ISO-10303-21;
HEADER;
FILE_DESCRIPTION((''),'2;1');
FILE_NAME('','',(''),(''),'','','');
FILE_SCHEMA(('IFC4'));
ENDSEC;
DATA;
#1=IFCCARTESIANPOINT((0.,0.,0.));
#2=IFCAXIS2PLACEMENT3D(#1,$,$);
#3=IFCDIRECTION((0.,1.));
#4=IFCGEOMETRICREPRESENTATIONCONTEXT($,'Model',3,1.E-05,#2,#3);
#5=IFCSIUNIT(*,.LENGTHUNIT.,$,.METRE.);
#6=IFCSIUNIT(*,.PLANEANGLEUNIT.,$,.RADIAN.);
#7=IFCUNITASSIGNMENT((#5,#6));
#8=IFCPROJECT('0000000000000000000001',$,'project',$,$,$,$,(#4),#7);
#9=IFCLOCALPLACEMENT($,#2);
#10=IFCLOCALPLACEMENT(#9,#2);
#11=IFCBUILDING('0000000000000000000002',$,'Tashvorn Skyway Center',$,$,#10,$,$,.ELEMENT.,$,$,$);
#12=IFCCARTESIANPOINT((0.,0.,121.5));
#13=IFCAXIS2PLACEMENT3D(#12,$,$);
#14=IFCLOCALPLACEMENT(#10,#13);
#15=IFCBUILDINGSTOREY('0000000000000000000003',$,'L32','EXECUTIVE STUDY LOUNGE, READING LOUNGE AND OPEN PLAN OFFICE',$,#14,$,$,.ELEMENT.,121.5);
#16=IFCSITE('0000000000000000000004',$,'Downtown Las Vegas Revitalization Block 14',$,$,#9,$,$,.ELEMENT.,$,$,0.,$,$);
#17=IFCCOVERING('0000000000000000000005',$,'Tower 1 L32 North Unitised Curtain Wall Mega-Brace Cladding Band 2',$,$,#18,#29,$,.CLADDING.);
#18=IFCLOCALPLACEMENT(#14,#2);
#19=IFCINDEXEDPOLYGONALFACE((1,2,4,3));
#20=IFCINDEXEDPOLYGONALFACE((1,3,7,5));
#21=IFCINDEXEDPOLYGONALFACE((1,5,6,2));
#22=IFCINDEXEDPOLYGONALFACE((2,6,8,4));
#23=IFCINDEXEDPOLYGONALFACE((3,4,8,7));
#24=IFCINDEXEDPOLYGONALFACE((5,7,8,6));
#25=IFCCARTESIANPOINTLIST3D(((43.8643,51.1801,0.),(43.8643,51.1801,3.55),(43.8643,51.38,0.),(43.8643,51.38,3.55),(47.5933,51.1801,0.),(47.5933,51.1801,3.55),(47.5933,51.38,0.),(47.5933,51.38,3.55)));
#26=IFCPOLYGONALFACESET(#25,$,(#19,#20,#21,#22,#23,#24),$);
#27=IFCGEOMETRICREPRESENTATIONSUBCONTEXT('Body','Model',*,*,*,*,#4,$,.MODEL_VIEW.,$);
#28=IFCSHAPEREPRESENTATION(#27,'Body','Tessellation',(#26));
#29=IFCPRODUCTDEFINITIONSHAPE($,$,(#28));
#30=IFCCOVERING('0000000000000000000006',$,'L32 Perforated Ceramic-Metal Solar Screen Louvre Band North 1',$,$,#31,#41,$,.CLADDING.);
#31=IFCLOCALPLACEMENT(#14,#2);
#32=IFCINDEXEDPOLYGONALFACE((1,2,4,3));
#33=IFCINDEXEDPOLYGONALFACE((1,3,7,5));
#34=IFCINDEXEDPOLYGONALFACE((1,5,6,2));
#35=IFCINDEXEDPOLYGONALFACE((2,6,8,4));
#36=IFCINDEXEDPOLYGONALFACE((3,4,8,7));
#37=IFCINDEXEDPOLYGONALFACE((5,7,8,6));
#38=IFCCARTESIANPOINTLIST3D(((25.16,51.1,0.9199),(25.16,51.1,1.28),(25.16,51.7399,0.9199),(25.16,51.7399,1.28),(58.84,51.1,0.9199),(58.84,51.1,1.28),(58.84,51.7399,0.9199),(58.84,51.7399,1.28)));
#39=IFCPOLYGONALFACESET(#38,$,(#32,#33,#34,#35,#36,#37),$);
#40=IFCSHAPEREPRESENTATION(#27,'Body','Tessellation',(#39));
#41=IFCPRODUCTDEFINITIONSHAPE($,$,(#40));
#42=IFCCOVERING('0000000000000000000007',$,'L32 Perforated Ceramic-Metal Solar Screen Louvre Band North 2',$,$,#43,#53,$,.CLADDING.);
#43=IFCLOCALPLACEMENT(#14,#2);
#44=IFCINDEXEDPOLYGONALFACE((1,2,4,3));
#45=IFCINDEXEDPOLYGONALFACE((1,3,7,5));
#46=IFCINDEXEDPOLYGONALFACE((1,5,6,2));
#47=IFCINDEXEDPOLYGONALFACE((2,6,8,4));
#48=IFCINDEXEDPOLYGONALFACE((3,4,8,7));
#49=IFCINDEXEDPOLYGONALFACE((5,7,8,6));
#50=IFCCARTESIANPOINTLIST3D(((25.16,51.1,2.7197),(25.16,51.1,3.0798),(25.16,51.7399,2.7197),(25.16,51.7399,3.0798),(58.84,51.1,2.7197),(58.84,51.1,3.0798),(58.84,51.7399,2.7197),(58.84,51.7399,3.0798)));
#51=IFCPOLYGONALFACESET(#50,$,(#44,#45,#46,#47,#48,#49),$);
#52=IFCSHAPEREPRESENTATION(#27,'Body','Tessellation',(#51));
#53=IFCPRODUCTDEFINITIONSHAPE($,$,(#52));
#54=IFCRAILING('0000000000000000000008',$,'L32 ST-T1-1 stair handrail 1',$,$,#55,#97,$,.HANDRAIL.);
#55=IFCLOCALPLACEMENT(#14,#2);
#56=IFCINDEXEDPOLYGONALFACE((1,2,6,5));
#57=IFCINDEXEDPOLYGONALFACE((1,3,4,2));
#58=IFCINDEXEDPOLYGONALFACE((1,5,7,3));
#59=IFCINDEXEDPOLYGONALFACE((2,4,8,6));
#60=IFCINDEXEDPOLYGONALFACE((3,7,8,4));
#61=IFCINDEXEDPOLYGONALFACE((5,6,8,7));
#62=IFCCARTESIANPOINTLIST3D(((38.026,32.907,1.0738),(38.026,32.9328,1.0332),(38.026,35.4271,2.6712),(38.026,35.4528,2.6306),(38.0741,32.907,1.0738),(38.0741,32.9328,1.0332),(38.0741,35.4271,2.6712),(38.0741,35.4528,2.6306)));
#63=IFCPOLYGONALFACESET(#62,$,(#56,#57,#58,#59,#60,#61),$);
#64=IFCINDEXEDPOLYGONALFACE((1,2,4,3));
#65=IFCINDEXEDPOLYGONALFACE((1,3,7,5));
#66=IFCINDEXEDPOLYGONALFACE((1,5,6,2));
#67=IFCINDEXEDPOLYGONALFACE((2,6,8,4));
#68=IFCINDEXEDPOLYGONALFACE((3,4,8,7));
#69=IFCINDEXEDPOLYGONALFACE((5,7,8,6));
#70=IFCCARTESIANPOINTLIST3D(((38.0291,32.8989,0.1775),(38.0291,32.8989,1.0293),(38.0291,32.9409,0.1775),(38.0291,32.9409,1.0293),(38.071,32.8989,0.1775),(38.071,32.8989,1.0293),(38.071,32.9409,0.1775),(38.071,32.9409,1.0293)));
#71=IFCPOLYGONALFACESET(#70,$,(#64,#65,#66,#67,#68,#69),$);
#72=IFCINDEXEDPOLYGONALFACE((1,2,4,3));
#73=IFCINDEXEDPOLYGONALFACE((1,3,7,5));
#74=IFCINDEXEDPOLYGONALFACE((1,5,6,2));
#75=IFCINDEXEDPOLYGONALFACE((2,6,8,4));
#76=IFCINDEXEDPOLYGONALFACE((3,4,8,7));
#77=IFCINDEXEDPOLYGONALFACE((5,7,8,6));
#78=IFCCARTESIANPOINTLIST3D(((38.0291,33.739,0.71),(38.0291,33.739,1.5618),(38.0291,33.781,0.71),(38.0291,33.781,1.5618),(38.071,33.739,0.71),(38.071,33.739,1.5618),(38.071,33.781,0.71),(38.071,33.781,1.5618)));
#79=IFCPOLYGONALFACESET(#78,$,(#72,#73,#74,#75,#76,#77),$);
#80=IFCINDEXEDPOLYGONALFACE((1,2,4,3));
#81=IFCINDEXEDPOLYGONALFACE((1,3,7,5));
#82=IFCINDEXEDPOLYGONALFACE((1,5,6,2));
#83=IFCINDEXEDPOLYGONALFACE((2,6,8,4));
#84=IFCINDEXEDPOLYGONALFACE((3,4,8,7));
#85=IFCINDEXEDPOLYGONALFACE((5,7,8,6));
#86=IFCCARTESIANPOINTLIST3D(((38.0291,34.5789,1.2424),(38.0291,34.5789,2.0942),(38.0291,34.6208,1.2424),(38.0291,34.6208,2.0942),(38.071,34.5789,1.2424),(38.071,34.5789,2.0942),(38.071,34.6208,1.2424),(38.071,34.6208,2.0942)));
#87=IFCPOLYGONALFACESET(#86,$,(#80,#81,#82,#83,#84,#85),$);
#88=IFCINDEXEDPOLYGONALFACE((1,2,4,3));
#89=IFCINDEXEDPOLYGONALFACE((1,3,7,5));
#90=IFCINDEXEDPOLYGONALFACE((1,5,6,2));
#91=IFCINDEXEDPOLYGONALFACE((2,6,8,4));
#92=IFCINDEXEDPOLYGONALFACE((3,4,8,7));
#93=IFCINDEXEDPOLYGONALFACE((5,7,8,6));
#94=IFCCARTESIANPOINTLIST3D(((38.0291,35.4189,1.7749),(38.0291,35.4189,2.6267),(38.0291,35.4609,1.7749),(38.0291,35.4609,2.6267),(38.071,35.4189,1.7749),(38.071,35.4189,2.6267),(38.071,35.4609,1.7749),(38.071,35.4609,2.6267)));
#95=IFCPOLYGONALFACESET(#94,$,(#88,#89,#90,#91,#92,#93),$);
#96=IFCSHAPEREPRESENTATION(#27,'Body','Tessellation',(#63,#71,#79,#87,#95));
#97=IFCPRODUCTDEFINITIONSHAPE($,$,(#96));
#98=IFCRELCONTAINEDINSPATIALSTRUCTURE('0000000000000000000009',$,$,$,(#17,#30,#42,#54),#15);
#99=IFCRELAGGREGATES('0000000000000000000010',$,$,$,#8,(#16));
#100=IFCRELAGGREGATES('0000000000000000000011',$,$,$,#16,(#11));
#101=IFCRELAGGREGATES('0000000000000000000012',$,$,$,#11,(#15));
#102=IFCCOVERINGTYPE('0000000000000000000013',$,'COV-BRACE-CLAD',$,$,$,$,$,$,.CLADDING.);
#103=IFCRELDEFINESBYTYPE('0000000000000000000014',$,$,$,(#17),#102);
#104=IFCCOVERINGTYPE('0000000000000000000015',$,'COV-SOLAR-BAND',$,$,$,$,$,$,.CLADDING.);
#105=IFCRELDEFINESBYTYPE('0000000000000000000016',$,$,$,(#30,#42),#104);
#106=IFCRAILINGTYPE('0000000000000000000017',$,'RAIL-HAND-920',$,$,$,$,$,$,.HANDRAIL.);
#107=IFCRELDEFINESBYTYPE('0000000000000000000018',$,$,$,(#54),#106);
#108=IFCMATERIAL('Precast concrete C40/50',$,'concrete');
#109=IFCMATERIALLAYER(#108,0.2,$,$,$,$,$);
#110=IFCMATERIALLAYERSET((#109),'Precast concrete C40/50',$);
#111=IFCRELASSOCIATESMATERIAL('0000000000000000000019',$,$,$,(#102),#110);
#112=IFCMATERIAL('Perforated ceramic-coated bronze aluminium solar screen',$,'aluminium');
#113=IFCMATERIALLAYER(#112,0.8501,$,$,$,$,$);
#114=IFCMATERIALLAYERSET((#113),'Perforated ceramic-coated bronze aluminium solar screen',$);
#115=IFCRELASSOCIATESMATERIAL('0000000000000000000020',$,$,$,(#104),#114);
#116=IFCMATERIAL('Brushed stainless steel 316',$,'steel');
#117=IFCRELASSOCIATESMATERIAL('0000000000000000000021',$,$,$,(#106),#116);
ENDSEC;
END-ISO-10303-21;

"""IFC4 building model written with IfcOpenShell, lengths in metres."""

from ifc_helpers import new_model, si_unit, direction, frame, origin, origin_2d, place, context, subcontext, project, spatial, rectangle, extrude, material, layer, layer_set, type_object, element, save


model = new_model("IFC4")

# Units and contexts
model_context = context("Model", 3, precision=1e-05, world=origin(), true_north=direction((0.0, 1.0)))
body_context = subcontext(model_context, "Body", "Model", "MODEL_VIEW")
ifc_project = project(units=[si_unit("LENGTHUNIT", "METRE"), si_unit("PLANEANGLEUNIT", "RADIAN")], contexts=[model_context])

# Site, building, storey
site_placement = place(None, origin())
site = spatial("IfcSite", under=ifc_project, at=site_placement, Name="Downtown Las Vegas Revitalization Block 14", CompositionType="ELEMENT", RefElevation=0.0)
building_placement = place(site_placement, origin())
building = spatial("IfcBuilding", under=site, at=building_placement, Name="Tashvorn Skyway Center", CompositionType="ELEMENT")
storey_placement = place(building_placement, frame((0.0, 0.0, 121.5)))
storey = spatial("IfcBuildingStorey", under=building, at=storey_placement, Name="L32", Description="EXECUTIVE STUDY LOUNGE, READING LOUNGE AND OPEN PLAN OFFICE", CompositionType="ELEMENT", Elevation=121.5)

# Coverings
ifc_material_1 = material(Name="Precast concrete C40/50", Category="concrete")
ifc_layer_1 = layer(ifc_material_1, 0.2)
ifc_layer_set_1 = layer_set([ifc_layer_1], Name="Precast concrete C40/50")
covering_type_1 = type_object("IfcCoveringType", Name="COV-BRACE-CLAD", PredefinedType="CLADDING", material=ifc_layer_set_1)
for number, where, z_axis, x_axis, name in (
    (1, (45.7288, 51.28, 0.0), (0.0, 0.0, 1.0), (1.0, 0.0, 0.0), "Tower 1 L32 North Unitised Curtain Wall Mega-Brace Cladding Band 2"),
):
    element("IfcCovering", number, at=place(storey_placement, frame(where, z_axis=z_axis, x_axis=x_axis)), inside=storey, type_object=covering_type_1, Name=name, PredefinedType="CLADDING", context=body_context, shape_type="SweptSolid", body=[
        extrude(rectangle(XDim=3.729, YDim=0.2, at=origin_2d()), origin(), (0.0, 0.0, 1.0), 3.55),
    ])
ifc_material_2 = material(Name="Perforated ceramic-coated bronze aluminium solar screen", Category="aluminium")
ifc_layer_2 = layer(ifc_material_2, 0.8501)
ifc_layer_set_2 = layer_set([ifc_layer_2], Name="Perforated ceramic-coated bronze aluminium solar screen")
covering_type_2 = type_object("IfcCoveringType", Name="COV-SOLAR-BAND", PredefinedType="CLADDING", material=ifc_layer_set_2)
for number, where, z_axis, x_axis, name in (
    (2, (42.0, 51.4199, 0.9199), (0.0, 0.0, 1.0), (1.0, 0.0, 0.0), "L32 Perforated Ceramic-Metal Solar Screen Louvre Band North 1"),
    (3, (42.0, 51.4199, 2.7197), (0.0, 0.0, 1.0), (1.0, 0.0, 0.0), "L32 Perforated Ceramic-Metal Solar Screen Louvre Band North 2"),
):
    element("IfcCovering", number, at=place(storey_placement, frame(where, z_axis=z_axis, x_axis=x_axis)), inside=storey, type_object=covering_type_2, Name=name, PredefinedType="CLADDING", context=body_context, shape_type="SweptSolid", body=[
        extrude(rectangle(XDim=33.6799, YDim=0.6399, at=origin_2d()), origin(), (0.0, 0.0, 1.0), 0.3601),
    ])

# Railing
ifc_material_3 = material(Name="Brushed stainless steel 316", Category="steel")
railing_type = type_object("IfcRailingType", Name="RAIL-HAND-920", PredefinedType="HANDRAIL", material=ifc_material_3)
railing_placement = place(storey_placement, frame((38.05, 32.9199, 0.1775)))
element("IfcRailing", 4, at=railing_placement, inside=storey, type_object=railing_type, Name="L32 ST-T1-1 stair handrail 1", PredefinedType="HANDRAIL", context=body_context, shape_type="SweptSolid", body=[
    extrude(rectangle(XDim=0.0481, YDim=0.0481, at=origin_2d()), frame((0.0, 0.0, 0.876), z_axis=(0.0, 0.844607, 0.535387), x_axis=(-1.0, 0.0, 0.0)), (0.0, 0.0, 1.0), 2.9836),
    extrude(rectangle(XDim=0.042, YDim=0.042, at=origin_2d()), origin(), (0.0, 0.0, 1.0), 0.8518),
    extrude(rectangle(XDim=0.042, YDim=0.042, at=origin_2d()), frame((0.0, 0.8401, 0.5325)), (0.0, 0.0, 1.0), 0.8518),
    extrude(rectangle(XDim=0.042, YDim=0.042, at=origin_2d()), frame((0.0, 1.6799, 1.0649)), (0.0, 0.0, 1.0), 0.8518),
    extrude(rectangle(XDim=0.042, YDim=0.042, at=origin_2d()), frame((0.0, 2.52, 1.5974)), (0.0, 0.0, 1.0), 0.8518),
])

save(model, "model.ifc")
